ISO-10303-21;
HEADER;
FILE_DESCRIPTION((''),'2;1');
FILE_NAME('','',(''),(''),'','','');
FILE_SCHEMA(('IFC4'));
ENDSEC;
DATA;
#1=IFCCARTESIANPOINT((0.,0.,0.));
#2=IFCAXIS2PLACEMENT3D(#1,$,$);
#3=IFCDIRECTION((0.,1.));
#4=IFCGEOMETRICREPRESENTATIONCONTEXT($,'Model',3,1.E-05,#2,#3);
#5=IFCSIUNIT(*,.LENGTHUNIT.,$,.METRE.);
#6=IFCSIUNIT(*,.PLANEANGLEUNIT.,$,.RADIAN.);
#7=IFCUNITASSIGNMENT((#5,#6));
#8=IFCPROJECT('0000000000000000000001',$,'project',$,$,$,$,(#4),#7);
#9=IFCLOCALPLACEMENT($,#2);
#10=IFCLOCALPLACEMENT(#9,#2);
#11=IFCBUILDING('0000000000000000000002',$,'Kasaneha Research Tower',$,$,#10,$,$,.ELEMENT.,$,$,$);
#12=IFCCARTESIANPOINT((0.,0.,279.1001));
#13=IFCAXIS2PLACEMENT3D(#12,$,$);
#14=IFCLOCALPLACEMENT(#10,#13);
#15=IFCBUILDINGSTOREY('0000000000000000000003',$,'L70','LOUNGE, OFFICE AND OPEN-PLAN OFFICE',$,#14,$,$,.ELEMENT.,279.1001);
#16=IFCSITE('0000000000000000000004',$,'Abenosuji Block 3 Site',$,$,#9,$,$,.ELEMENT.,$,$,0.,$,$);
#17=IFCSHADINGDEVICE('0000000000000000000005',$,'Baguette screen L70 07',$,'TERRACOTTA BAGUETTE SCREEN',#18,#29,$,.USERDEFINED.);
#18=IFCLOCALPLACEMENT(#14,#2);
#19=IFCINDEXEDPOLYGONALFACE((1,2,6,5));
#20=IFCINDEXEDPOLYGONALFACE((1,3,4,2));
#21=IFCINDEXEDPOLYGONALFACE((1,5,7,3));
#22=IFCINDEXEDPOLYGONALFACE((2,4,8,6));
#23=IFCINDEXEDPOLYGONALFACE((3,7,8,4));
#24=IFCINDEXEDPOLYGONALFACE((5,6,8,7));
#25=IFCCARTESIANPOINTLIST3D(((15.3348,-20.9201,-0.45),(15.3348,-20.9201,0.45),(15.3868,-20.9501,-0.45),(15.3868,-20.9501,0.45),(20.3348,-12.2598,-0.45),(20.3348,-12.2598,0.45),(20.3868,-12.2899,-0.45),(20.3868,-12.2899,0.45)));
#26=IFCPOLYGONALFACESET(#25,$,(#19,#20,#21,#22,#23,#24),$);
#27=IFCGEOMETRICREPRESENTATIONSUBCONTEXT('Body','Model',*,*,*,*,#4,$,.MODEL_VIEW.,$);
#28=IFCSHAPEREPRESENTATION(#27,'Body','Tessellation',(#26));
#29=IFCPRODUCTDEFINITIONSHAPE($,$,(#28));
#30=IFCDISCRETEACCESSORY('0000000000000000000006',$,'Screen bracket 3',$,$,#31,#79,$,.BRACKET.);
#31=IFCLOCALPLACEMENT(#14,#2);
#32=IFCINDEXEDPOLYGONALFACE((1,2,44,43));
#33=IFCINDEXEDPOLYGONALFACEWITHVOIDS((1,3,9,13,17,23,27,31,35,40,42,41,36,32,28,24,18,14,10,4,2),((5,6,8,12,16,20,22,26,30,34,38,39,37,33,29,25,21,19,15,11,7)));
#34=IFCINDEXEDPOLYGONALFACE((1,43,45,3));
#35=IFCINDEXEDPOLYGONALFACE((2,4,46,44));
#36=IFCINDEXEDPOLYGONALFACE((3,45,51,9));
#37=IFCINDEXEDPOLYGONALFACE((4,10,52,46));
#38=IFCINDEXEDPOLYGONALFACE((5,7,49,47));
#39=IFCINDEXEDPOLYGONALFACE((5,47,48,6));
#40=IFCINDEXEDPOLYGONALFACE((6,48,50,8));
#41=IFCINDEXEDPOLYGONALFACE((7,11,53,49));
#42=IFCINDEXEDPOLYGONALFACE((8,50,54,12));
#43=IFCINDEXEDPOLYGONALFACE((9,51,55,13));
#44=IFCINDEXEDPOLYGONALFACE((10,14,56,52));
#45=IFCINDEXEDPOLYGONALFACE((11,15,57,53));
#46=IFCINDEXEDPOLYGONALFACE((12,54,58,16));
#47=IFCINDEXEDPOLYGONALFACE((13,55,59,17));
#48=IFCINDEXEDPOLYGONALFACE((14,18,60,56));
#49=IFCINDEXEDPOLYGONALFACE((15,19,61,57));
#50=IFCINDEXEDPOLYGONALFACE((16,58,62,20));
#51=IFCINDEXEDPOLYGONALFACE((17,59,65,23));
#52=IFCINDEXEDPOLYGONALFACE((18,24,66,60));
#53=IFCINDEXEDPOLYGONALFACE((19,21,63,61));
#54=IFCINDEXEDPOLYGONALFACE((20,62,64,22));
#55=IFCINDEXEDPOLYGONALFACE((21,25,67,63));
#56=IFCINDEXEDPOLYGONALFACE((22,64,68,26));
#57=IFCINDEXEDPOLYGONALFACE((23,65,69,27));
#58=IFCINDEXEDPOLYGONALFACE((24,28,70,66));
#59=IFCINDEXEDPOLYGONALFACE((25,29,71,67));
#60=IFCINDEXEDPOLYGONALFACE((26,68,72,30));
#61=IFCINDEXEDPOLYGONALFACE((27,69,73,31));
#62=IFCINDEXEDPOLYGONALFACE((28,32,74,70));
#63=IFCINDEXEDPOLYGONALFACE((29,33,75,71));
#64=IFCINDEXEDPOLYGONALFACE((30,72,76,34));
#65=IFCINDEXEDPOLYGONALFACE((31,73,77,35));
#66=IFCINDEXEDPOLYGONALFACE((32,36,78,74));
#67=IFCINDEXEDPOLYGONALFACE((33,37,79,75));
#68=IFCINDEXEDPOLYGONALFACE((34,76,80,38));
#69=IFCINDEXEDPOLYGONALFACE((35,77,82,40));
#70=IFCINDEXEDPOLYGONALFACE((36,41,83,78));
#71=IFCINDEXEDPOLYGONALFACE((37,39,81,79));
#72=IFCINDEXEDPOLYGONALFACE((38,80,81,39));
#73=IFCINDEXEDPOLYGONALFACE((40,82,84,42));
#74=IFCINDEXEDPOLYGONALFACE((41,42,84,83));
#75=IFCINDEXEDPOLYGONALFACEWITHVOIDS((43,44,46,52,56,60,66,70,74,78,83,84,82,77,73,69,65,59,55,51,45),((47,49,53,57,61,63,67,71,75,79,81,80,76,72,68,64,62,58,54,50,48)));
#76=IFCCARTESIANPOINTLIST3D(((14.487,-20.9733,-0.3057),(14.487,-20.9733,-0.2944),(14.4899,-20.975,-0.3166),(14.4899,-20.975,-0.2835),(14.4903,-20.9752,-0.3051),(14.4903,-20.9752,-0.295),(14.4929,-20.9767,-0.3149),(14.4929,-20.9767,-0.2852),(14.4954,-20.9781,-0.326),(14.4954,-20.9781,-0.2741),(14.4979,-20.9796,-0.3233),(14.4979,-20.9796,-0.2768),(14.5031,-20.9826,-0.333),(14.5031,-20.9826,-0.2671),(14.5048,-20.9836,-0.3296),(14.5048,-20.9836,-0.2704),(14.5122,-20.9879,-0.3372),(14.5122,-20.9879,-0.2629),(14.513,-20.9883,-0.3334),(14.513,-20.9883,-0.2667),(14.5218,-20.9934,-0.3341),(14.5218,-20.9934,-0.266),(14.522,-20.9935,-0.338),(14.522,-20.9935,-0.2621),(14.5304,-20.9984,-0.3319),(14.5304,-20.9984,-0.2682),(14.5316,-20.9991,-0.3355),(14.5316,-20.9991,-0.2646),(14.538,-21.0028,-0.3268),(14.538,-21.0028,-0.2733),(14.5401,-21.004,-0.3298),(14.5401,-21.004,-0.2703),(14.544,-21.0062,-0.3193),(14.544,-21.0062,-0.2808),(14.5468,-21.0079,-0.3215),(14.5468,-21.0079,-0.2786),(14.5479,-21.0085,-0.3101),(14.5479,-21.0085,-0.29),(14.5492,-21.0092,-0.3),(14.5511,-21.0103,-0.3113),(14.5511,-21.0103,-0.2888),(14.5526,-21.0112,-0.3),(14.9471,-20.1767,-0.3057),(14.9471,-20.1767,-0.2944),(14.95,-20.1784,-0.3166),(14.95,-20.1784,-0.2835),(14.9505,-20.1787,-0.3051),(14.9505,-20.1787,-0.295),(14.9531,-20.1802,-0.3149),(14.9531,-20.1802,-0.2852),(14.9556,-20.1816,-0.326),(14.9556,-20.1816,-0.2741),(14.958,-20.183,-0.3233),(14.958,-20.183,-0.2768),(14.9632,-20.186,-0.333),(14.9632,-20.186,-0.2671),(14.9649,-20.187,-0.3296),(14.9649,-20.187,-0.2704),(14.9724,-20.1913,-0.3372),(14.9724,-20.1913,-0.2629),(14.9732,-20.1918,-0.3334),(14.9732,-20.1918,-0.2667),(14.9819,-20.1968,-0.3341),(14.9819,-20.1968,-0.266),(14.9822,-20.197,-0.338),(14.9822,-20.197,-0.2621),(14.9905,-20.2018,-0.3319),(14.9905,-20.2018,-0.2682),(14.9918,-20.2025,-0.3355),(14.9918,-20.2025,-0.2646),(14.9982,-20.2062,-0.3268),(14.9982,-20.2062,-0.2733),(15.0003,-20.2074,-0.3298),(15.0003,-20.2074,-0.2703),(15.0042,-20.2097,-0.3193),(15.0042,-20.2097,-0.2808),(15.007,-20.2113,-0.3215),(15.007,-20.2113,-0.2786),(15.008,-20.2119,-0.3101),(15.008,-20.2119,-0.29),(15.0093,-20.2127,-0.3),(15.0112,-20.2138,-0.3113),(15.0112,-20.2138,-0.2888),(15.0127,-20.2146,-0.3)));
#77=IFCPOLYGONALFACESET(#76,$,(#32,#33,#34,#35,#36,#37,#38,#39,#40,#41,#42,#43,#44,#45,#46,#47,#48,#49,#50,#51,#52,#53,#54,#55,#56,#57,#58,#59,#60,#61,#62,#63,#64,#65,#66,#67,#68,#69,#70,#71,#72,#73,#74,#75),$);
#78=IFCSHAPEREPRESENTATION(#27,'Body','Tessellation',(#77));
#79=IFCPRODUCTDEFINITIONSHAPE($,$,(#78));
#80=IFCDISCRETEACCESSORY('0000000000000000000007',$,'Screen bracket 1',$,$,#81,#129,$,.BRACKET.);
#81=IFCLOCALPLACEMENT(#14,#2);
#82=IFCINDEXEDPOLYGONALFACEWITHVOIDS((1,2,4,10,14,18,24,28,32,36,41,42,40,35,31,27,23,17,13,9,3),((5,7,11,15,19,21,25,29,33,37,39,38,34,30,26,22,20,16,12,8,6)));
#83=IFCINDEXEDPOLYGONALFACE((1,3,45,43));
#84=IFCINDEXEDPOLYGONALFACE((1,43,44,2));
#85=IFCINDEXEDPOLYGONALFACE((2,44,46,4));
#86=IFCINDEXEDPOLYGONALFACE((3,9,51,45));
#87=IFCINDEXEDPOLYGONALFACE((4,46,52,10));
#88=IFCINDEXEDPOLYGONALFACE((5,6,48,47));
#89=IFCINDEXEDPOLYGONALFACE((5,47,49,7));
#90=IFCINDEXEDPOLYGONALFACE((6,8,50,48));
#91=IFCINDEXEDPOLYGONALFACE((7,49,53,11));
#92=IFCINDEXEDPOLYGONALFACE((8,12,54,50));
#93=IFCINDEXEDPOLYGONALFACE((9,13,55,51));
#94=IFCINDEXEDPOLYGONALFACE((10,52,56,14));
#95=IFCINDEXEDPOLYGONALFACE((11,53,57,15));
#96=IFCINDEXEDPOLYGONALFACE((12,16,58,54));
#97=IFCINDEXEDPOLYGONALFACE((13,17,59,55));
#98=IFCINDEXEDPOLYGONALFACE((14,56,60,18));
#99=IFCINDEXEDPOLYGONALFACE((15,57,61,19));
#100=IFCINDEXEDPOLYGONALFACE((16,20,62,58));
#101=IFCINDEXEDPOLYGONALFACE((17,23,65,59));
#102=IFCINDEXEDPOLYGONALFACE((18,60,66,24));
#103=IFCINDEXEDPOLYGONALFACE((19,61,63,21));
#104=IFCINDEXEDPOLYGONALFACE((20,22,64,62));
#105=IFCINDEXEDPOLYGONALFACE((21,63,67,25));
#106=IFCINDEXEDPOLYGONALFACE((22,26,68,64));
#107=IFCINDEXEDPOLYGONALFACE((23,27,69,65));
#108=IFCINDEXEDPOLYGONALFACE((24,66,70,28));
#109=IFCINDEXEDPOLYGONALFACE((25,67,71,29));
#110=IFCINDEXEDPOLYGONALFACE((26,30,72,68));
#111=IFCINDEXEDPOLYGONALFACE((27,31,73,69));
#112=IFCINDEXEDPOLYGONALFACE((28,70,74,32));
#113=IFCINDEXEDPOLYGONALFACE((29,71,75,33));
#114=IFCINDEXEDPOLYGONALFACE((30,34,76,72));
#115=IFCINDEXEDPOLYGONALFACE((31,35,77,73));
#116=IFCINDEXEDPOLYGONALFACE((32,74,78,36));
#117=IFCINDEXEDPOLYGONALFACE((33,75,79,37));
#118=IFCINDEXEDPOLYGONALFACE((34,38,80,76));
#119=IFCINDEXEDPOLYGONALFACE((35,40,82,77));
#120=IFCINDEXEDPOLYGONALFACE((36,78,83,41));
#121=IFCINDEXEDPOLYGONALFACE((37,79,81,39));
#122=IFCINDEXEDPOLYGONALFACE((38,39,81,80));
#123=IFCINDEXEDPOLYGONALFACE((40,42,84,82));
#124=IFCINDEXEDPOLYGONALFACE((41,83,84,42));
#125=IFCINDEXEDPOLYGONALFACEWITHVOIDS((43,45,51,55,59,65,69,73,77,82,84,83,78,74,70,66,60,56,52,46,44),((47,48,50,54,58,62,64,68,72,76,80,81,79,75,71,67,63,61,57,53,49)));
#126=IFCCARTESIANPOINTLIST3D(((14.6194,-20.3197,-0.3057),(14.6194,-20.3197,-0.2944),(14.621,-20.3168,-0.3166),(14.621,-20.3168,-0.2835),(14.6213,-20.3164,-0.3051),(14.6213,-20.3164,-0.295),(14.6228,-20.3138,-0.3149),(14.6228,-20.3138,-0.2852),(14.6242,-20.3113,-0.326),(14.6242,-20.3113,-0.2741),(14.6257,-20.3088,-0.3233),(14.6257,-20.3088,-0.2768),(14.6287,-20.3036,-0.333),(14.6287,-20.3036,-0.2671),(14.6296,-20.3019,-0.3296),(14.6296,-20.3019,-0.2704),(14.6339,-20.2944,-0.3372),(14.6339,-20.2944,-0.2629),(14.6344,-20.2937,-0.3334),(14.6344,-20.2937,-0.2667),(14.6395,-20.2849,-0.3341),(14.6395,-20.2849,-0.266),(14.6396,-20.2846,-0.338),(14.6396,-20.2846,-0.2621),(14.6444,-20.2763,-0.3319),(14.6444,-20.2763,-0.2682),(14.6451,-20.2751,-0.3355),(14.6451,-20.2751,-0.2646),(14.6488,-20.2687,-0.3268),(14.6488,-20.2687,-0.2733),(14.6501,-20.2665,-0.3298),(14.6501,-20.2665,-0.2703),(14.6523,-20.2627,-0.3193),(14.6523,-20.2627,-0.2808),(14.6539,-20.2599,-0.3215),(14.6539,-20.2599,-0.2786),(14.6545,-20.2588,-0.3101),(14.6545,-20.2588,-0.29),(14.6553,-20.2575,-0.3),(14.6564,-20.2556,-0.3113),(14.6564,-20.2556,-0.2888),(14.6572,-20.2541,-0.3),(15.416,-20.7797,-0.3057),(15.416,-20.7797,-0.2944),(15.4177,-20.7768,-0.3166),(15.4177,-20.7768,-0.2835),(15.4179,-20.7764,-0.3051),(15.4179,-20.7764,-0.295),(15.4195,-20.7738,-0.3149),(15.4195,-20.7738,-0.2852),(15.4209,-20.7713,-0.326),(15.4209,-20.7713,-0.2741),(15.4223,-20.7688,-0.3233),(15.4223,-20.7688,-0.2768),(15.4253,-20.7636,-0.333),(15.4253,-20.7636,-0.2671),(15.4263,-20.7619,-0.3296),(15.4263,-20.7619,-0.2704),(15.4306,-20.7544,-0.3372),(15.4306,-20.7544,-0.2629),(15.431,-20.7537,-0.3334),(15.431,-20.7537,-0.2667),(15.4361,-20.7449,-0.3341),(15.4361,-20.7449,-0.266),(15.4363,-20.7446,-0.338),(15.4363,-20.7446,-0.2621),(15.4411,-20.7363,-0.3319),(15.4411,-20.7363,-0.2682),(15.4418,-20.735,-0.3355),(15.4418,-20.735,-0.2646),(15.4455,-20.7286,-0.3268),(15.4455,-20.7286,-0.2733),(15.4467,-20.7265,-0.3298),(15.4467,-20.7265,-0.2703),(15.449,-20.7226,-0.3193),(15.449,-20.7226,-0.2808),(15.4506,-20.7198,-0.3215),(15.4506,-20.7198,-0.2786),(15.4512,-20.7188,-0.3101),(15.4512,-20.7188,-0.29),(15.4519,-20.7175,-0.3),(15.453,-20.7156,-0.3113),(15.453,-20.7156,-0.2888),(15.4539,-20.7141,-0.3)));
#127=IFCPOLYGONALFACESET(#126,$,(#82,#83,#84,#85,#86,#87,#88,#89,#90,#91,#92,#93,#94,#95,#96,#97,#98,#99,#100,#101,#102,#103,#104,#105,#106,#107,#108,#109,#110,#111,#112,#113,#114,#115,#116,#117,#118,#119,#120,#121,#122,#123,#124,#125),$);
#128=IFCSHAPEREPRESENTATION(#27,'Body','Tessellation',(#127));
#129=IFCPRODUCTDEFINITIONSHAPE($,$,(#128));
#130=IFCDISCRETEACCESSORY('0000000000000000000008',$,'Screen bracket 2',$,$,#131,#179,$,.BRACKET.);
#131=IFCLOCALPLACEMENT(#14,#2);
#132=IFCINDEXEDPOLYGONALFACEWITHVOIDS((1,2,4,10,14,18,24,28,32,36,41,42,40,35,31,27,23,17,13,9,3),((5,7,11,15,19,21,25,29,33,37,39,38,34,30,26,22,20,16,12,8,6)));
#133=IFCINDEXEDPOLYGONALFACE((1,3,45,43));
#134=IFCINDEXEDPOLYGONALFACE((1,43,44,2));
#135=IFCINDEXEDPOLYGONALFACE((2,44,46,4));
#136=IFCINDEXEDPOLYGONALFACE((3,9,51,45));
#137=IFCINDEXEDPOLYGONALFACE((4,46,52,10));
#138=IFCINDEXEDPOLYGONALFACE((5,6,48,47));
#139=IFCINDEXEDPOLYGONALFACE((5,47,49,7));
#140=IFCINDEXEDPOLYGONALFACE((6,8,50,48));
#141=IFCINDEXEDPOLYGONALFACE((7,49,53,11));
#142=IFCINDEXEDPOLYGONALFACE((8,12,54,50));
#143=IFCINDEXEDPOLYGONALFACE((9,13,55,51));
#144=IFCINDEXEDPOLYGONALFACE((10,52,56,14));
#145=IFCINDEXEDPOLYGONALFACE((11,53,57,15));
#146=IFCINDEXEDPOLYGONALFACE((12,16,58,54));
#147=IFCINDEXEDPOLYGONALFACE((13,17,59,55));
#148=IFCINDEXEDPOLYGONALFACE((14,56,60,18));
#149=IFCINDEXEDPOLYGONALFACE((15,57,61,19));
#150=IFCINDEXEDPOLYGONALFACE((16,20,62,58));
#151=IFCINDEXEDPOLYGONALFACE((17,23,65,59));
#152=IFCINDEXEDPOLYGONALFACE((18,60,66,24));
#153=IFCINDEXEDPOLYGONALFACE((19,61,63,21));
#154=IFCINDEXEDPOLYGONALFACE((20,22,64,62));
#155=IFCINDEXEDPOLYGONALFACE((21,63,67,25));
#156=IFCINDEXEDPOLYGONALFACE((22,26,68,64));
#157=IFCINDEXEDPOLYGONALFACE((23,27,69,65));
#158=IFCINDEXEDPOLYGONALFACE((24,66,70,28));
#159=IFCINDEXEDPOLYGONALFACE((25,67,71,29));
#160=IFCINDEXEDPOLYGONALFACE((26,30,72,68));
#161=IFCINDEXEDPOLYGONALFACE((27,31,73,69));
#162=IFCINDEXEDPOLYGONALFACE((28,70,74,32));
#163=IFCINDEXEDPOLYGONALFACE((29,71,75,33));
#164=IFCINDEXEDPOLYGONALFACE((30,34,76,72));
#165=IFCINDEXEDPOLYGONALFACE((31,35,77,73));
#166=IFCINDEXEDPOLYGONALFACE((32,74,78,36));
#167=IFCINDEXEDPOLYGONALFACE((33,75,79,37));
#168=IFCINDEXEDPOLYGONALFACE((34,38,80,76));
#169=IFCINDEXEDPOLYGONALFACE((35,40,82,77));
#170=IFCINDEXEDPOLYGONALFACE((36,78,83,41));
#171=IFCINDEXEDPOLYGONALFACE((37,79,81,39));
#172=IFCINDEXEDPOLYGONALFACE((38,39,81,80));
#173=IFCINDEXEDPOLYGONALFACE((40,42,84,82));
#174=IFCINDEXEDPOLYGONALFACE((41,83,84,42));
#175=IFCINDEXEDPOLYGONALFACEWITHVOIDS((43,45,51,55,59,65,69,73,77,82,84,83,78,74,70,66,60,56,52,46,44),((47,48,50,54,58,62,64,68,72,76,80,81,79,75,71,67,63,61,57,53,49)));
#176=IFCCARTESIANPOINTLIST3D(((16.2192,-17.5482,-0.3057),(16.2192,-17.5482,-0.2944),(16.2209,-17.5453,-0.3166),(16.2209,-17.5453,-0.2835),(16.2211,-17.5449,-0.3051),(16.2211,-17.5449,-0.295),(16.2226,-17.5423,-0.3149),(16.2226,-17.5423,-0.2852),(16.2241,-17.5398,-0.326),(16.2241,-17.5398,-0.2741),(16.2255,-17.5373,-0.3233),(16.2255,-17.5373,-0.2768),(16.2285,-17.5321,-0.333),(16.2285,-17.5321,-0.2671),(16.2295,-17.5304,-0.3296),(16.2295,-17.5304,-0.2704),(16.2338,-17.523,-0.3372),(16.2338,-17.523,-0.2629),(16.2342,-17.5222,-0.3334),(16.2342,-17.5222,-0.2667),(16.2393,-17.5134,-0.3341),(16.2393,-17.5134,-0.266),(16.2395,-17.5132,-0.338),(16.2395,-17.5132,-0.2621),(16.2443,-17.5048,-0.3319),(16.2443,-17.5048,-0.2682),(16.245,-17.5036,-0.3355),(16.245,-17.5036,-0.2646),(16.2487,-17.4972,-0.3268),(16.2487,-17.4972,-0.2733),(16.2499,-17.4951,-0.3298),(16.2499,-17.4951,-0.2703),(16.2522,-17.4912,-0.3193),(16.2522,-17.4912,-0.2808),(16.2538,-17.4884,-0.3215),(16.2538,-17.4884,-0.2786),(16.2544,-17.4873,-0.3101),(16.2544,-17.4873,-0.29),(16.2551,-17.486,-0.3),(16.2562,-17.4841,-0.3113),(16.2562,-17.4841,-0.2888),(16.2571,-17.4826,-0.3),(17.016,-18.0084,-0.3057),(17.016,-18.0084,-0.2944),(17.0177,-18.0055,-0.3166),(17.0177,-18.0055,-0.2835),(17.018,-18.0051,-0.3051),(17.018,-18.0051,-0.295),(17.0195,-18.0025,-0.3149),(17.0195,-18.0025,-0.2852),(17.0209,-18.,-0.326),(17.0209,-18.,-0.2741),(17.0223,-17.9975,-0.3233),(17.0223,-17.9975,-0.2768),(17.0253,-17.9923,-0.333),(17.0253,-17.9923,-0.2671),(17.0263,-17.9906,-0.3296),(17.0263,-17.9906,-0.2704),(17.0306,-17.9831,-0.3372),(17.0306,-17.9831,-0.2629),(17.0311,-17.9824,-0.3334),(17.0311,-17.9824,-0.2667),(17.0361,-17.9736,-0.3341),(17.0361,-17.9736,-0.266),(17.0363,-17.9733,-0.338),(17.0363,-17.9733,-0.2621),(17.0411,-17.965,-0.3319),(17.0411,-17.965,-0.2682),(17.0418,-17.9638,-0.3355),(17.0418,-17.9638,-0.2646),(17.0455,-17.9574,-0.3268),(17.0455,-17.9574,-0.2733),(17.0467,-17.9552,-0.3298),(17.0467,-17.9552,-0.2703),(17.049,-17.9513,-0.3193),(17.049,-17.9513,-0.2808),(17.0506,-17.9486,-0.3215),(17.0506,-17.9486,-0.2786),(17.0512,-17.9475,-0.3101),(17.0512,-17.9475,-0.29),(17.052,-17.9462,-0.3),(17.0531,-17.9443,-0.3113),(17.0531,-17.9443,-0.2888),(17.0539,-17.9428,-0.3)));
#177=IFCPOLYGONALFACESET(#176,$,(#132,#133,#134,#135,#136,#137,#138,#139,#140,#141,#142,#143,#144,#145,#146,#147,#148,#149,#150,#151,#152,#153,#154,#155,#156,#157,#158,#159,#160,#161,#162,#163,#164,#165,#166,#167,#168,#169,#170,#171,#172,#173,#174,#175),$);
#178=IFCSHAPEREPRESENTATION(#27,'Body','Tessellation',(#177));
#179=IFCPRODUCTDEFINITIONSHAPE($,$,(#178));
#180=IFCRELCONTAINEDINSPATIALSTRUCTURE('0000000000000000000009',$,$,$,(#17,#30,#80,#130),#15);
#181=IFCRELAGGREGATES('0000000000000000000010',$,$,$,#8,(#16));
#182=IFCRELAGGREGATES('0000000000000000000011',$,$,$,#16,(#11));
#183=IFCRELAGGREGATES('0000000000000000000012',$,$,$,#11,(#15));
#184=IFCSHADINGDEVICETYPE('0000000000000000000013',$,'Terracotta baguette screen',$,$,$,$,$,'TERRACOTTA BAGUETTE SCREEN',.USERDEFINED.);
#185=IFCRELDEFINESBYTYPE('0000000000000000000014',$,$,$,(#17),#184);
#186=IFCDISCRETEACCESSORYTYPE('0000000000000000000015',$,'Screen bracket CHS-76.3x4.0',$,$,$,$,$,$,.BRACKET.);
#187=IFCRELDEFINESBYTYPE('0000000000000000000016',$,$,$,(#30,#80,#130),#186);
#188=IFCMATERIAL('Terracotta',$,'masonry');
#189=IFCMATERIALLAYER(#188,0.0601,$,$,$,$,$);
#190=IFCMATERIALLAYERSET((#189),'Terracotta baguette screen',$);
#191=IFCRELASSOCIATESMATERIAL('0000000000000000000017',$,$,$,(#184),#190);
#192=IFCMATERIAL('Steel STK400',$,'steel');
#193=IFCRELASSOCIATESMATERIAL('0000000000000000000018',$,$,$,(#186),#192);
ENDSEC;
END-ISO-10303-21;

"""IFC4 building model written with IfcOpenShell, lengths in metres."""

from ifc_helpers import new_model, si_unit, direction, frame, origin, origin_2d, place, context, subcontext, project, spatial, rectangle, hollow_circle, extrude, material, layer, layer_set, material_profile, profile_set, type_object, element, save


model = new_model("IFC4")

# Units and contexts
model_context = context("Model", 3, precision=1e-05, world=origin(), true_north=direction((0.0, 1.0)))
body_context = subcontext(model_context, "Body", "Model", "MODEL_VIEW")
ifc_project = project(units=[si_unit("LENGTHUNIT", "METRE"), si_unit("PLANEANGLEUNIT", "RADIAN")], contexts=[model_context])

# Site, building, storey
site_placement = place(None, origin())
site = spatial("IfcSite", under=ifc_project, at=site_placement, Name="Abenosuji Block 3 Site", CompositionType="ELEMENT", RefElevation=0.0)
building_placement = place(site_placement, origin())
building = spatial("IfcBuilding", under=site, at=building_placement, Name="Kasaneha Research Tower", CompositionType="ELEMENT")
storey_placement = place(building_placement, frame((0.0, 0.0, 279.1001)))
storey = spatial("IfcBuildingStorey", under=building, at=storey_placement, Name="L70", Description="LOUNGE, OFFICE AND OPEN-PLAN OFFICE", CompositionType="ELEMENT", Elevation=279.1001)

# Shading device
ifc_material_1 = material(Name="Terracotta", Category="masonry")
ifc_layer_1 = layer(ifc_material_1, 0.0601)
ifc_layer_set_1 = layer_set([ifc_layer_1], Name="Terracotta baguette screen")
shading_device_type = type_object("IfcShadingDeviceType", Name="Terracotta baguette screen", ElementType="TERRACOTTA BAGUETTE SCREEN", PredefinedType="USERDEFINED", material=ifc_layer_set_1)
shading_device_placement = place(storey_placement, frame((17.8608, -16.605, -0.45), z_axis=(0.0, 0.0, 1.0), x_axis=(0.5, 0.866025, 0.0)))
element("IfcShadingDevice", 1, at=shading_device_placement, inside=storey, type_object=shading_device_type, Name="Baguette screen L70 07", ObjectType="TERRACOTTA BAGUETTE SCREEN", PredefinedType="USERDEFINED", context=body_context, shape_type="SweptSolid", body=[
    extrude(rectangle(XDim=10.0, YDim=0.0601, at=origin_2d()), origin(), (0.0, 0.0, 1.0), 0.8999),
])

# Discrete accessories
ifc_material_2 = material(Name="Steel STK400", Category="steel")
ifc_material_profile_1 = material_profile(ifc_material_2, hollow_circle(Radius=0.0381, WallThickness=0.0039, at=origin_2d()), Name="CHS-76.3x4.0")
ifc_profile_set_1 = profile_set([ifc_material_profile_1], Name="Steel STK400")
discrete_accessory_type = type_object("IfcDiscreteAccessoryType", Name="Screen bracket CHS-76.3x4.0", PredefinedType="BRACKET", material=ifc_profile_set_1)
for number, where, z_axis, x_axis, name in (
    (2, (14.9797, -20.1956, -0.3), (-0.50022, -0.865898, 0.0), (0.865898, -0.50022, 0.0), "Screen bracket 3"),
    (3, (14.6382, -20.2871, -0.3), (0.866013, -0.500021, 0.0), (0.500021, 0.866013, 0.0), "Screen bracket 1"),
):
    element("IfcDiscreteAccessory", number, at=place(storey_placement, frame(where, z_axis=z_axis, x_axis=x_axis)), inside=storey, type_object=discrete_accessory_type, Name=name, PredefinedType="BRACKET", context=body_context, shape_type="SweptSolid", body=[
        extrude(hollow_circle(Radius=0.0381, WallThickness=0.0039, at=origin_2d()), origin(), (0.0, 0.0, 1.0), 0.9199),
    ])
discrete_accessory_placement = place(storey_placement, frame((16.238, -17.5156, -0.3), z_axis=(0.865965, -0.500105, 0.0), x_axis=(0.500105, 0.865965, 0.0)))
element("IfcDiscreteAccessory", 4, at=discrete_accessory_placement, inside=storey, type_object=discrete_accessory_type, Name="Screen bracket 2", PredefinedType="BRACKET", context=body_context, shape_type="SweptSolid", body=[
    extrude(hollow_circle(Radius=0.0381, WallThickness=0.0039, at=origin_2d()), origin(), (0.0, 0.0, 1.0), 0.9202),
])

save(model, "model.ifc")
